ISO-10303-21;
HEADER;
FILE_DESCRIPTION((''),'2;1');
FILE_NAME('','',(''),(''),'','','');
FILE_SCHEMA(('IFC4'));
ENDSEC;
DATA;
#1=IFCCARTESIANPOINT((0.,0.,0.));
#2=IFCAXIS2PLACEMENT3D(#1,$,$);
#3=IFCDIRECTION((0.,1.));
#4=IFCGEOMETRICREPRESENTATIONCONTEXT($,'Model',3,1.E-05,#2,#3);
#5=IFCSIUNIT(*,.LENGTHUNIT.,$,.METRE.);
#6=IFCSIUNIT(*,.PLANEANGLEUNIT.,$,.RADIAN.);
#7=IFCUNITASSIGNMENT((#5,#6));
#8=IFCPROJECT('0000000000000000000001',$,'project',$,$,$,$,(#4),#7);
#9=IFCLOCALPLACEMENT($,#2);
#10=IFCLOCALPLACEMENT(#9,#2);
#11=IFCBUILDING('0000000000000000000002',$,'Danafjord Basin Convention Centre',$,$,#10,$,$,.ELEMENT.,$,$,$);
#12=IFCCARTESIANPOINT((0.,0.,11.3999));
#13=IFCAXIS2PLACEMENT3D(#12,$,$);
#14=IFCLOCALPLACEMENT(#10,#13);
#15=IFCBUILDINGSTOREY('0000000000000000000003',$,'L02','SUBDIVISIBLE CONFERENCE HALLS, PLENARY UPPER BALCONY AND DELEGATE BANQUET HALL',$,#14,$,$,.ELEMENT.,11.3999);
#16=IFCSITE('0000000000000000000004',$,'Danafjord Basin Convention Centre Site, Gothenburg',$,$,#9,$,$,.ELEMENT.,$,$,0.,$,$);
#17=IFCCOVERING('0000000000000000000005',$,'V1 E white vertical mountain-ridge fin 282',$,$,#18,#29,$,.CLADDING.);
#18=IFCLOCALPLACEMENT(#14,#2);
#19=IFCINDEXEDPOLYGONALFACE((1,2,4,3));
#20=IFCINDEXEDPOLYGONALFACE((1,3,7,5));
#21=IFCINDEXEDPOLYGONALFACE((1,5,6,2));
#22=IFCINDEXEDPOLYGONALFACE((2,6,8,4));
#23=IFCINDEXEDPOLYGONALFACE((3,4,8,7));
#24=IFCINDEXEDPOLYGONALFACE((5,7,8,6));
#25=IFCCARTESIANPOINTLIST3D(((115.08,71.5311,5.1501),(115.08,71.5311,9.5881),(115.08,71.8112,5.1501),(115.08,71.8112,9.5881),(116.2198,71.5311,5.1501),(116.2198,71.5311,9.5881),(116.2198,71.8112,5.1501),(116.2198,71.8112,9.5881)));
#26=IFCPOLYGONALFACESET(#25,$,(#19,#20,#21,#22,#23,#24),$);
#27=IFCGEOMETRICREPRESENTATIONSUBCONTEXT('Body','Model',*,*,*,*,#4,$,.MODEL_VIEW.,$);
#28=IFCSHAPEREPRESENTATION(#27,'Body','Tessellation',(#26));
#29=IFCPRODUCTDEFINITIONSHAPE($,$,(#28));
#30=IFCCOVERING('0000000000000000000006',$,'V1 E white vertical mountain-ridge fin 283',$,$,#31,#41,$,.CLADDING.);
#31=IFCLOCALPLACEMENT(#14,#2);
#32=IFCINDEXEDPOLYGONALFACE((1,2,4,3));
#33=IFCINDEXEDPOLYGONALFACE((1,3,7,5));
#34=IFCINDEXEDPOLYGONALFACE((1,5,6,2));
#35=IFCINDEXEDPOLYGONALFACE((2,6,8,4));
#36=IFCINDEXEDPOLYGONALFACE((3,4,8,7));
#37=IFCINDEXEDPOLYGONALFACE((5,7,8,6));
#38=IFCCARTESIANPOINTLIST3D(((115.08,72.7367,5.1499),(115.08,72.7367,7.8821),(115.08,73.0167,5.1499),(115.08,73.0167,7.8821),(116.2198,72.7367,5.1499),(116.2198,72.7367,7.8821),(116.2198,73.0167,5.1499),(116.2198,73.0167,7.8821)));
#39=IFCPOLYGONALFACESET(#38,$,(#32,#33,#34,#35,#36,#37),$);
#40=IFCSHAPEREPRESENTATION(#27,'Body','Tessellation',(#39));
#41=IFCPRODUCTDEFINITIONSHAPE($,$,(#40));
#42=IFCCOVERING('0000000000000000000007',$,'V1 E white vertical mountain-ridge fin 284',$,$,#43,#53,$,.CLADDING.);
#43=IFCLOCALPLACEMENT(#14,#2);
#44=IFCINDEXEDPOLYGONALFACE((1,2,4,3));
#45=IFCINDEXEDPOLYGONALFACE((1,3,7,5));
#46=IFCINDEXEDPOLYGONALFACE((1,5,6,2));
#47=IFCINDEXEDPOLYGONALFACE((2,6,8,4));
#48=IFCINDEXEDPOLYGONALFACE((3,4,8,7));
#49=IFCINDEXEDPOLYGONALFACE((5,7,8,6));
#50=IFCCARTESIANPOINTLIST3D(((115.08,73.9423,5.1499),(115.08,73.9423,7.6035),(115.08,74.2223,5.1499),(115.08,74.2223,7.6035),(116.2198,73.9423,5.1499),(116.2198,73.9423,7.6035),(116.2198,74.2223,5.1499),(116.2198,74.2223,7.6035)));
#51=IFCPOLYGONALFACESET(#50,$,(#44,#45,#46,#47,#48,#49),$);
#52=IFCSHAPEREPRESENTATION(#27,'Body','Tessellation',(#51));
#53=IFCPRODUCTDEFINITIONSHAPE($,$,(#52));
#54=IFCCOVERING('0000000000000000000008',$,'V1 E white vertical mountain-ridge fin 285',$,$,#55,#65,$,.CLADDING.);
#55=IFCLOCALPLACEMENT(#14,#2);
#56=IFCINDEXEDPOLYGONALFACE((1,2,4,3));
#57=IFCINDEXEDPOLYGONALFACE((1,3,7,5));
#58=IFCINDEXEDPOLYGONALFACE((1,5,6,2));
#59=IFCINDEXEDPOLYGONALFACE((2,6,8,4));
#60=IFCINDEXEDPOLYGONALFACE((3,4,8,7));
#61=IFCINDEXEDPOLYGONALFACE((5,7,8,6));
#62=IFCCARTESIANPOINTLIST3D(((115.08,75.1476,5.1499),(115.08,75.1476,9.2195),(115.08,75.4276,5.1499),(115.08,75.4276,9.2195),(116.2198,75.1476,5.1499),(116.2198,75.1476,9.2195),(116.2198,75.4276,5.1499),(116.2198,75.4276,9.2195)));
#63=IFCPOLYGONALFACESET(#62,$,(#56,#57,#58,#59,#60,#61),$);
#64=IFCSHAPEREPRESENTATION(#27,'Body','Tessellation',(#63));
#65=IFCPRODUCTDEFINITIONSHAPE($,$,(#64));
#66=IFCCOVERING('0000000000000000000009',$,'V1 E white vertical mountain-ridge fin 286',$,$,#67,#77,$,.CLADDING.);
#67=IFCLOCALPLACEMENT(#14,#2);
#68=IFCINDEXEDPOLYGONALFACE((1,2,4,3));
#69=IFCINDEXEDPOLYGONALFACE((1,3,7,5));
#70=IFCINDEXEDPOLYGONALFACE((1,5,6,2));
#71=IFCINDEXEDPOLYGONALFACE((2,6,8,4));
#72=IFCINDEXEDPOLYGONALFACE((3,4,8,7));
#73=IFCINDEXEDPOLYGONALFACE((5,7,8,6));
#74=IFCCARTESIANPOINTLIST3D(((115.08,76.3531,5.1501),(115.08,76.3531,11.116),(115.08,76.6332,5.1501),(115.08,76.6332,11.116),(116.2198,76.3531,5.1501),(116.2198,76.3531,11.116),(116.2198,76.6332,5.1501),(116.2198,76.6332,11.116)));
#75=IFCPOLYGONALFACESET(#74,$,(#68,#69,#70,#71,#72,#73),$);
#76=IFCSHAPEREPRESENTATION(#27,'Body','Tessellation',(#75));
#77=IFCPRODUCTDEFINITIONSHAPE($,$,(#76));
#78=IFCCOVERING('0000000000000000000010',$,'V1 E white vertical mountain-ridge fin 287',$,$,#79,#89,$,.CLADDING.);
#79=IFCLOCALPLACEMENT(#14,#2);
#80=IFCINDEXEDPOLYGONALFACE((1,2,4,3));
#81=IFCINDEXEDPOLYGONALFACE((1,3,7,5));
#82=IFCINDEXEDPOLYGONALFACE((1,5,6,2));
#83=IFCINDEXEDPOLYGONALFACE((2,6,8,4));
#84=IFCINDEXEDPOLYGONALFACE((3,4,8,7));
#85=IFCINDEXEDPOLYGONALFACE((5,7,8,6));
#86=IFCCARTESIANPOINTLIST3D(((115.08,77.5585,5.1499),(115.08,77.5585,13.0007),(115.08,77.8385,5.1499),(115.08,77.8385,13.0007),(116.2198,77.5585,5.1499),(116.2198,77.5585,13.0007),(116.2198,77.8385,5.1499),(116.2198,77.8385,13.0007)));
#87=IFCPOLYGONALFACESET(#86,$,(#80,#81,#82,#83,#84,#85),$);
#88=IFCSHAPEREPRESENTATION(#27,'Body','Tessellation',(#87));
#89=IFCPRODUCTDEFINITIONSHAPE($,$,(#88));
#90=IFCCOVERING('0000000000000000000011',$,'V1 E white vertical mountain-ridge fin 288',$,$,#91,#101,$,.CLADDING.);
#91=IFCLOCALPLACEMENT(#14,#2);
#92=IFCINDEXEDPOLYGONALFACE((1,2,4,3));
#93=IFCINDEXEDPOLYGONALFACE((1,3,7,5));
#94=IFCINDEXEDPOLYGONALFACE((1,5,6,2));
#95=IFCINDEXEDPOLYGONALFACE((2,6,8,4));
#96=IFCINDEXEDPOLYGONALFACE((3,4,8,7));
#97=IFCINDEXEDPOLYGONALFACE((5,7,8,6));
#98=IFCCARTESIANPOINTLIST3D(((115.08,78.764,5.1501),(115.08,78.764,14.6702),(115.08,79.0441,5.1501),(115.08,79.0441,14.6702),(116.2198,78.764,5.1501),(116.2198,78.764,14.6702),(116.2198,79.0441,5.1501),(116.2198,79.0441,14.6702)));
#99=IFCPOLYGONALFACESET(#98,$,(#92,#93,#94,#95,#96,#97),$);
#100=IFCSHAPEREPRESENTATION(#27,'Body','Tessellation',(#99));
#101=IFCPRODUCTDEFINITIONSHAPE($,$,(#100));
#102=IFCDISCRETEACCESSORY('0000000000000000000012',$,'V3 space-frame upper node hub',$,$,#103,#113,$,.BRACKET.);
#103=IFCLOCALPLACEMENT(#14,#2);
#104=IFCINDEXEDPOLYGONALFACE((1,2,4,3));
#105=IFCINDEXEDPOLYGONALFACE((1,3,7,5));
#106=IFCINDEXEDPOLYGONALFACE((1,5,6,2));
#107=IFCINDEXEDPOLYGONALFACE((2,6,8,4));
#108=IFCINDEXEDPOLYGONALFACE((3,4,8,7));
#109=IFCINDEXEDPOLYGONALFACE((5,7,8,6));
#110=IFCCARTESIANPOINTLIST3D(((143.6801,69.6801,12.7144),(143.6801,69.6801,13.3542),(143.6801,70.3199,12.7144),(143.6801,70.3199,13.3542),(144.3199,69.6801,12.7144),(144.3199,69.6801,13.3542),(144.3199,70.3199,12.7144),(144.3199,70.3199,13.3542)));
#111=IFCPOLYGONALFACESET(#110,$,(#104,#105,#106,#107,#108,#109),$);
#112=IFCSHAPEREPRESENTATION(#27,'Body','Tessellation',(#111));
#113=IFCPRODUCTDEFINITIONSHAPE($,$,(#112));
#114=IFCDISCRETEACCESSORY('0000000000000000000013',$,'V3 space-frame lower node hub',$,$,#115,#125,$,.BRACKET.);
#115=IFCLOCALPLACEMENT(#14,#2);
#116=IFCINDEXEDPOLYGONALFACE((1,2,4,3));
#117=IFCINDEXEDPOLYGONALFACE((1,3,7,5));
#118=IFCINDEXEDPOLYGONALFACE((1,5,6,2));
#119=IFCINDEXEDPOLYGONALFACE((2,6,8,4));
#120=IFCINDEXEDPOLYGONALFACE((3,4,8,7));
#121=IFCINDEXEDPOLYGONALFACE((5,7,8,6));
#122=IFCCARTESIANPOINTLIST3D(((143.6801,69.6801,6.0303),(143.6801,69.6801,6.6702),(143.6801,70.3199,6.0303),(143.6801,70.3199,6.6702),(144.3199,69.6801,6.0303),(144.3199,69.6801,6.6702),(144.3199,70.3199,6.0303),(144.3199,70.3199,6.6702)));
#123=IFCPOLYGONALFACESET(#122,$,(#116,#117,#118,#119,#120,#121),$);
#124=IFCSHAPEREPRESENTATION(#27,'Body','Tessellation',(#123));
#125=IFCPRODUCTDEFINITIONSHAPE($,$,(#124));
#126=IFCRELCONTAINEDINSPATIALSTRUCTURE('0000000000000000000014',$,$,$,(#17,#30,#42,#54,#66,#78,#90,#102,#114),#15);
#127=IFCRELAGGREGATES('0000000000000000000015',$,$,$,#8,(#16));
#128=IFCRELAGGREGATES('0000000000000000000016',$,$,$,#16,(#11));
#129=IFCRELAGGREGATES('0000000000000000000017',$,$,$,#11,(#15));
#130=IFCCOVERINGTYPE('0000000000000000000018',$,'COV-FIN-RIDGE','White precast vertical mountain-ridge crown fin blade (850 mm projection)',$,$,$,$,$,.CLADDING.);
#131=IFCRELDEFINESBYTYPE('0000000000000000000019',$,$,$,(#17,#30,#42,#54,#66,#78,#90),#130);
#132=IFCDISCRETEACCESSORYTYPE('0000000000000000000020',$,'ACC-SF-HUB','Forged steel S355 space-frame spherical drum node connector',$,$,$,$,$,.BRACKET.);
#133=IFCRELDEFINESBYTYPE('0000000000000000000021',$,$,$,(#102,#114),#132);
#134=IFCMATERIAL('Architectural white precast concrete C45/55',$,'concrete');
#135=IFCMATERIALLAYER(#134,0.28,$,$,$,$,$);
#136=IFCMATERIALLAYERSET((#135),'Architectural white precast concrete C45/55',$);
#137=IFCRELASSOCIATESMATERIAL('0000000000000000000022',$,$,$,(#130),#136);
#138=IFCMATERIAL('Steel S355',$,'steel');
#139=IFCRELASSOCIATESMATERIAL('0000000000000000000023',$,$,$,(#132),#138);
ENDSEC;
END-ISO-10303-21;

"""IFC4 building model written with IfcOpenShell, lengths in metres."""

from ifc_helpers import new_model, si_unit, direction, frame, origin, origin_2d, place, context, subcontext, project, spatial, rectangle, extrude, material, layer, layer_set, type_object, element, save


model = new_model("IFC4")

# Units and contexts
model_context = context("Model", 3, precision=1e-05, world=origin(), true_north=direction((0.0, 1.0)))
body_context = subcontext(model_context, "Body", "Model", "MODEL_VIEW")
ifc_project = project(units=[si_unit("LENGTHUNIT", "METRE"), si_unit("PLANEANGLEUNIT", "RADIAN")], contexts=[model_context])

# Site, building, storey
site_placement = place(None, origin())
site = spatial("IfcSite", under=ifc_project, at=site_placement, Name="Danafjord Basin Convention Centre Site, Gothenburg", CompositionType="ELEMENT", RefElevation=0.0)
building_placement = place(site_placement, origin())
building = spatial("IfcBuilding", under=site, at=building_placement, Name="Danafjord Basin Convention Centre", CompositionType="ELEMENT")
storey_placement = place(building_placement, frame((0.0, 0.0, 11.3999)))
storey = spatial("IfcBuildingStorey", under=building, at=storey_placement, Name="L02", Description="SUBDIVISIBLE CONFERENCE HALLS, PLENARY UPPER BALCONY AND DELEGATE BANQUET HALL", CompositionType="ELEMENT", Elevation=11.3999)

# Shared definitions
ifc_material_1 = material(Name="Steel S355", Category="steel")

# Coverings
ifc_material_2 = material(Name="Architectural white precast concrete C45/55", Category="concrete")
ifc_layer = layer(ifc_material_2, 0.28)
ifc_layer_set = layer_set([ifc_layer], Name="Architectural white precast concrete C45/55")
covering_type = type_object("IfcCoveringType", Name="COV-FIN-RIDGE", Description="White precast vertical mountain-ridge crown fin blade (850 mm projection)", PredefinedType="CLADDING", material=ifc_layer_set)
covering_1_placement = place(storey_placement, frame((115.6499, 71.6711, 5.1501), z_axis=(0.0, 0.0, 1.0), x_axis=(1.0, 0.0, 0.0)))
element("IfcCovering", 1, at=covering_1_placement, inside=storey, type_object=covering_type, Name="V1 E white vertical mountain-ridge fin 282", PredefinedType="CLADDING", context=body_context, shape_type="SweptSolid", body=[
    extrude(rectangle(XDim=1.1399, YDim=0.28, at=origin_2d()), origin(), (0.0, 0.0, 1.0), 4.438),
])
covering_2_placement = place(storey_placement, frame((115.6499, 72.8767, 5.1499), z_axis=(0.0, 0.0, 1.0), x_axis=(1.0, 0.0, 0.0)))
element("IfcCovering", 2, at=covering_2_placement, inside=storey, type_object=covering_type, Name="V1 E white vertical mountain-ridge fin 283", PredefinedType="CLADDING", context=body_context, shape_type="SweptSolid", body=[
    extrude(rectangle(XDim=1.1399, YDim=0.28, at=origin_2d()), origin(), (0.0, 0.0, 1.0), 2.7322),
])
covering_3_placement = place(storey_placement, frame((115.6499, 74.0823, 5.1499), z_axis=(0.0, 0.0, 1.0), x_axis=(1.0, 0.0, 0.0)))
element("IfcCovering", 3, at=covering_3_placement, inside=storey, type_object=covering_type, Name="V1 E white vertical mountain-ridge fin 284", PredefinedType="CLADDING", context=body_context, shape_type="SweptSolid", body=[
    extrude(rectangle(XDim=1.1399, YDim=0.28, at=origin_2d()), origin(), (0.0, 0.0, 1.0), 2.4536),
])
covering_4_placement = place(storey_placement, frame((115.6499, 75.2876, 5.1499), z_axis=(0.0, 0.0, 1.0), x_axis=(1.0, 0.0, 0.0)))
element("IfcCovering", 4, at=covering_4_placement, inside=storey, type_object=covering_type, Name="V1 E white vertical mountain-ridge fin 285", PredefinedType="CLADDING", context=body_context, shape_type="SweptSolid", body=[
    extrude(rectangle(XDim=1.1399, YDim=0.28, at=origin_2d()), origin(), (0.0, 0.0, 1.0), 4.0696),
])
covering_5_placement = place(storey_placement, frame((115.6499, 76.4932, 5.1501), z_axis=(0.0, 0.0, 1.0), x_axis=(1.0, 0.0, 0.0)))
element("IfcCovering", 5, at=covering_5_placement, inside=storey, type_object=covering_type, Name="V1 E white vertical mountain-ridge fin 286", PredefinedType="CLADDING", context=body_context, shape_type="SweptSolid", body=[
    extrude(rectangle(XDim=1.1399, YDim=0.28, at=origin_2d()), origin(), (0.0, 0.0, 1.0), 5.9658),
])
covering_6_placement = place(storey_placement, frame((115.6499, 77.6985, 5.1499), z_axis=(0.0, 0.0, 1.0), x_axis=(1.0, 0.0, 0.0)))
element("IfcCovering", 6, at=covering_6_placement, inside=storey, type_object=covering_type, Name="V1 E white vertical mountain-ridge fin 287", PredefinedType="CLADDING", context=body_context, shape_type="SweptSolid", body=[
    extrude(rectangle(XDim=1.1399, YDim=0.28, at=origin_2d()), origin(), (0.0, 0.0, 1.0), 7.8508),
])
covering_7_placement = place(storey_placement, frame((115.6499, 78.9041, 5.1501), z_axis=(0.0, 0.0, 1.0), x_axis=(1.0, 0.0, 0.0)))
element("IfcCovering", 7, at=covering_7_placement, inside=storey, type_object=covering_type, Name="V1 E white vertical mountain-ridge fin 288", PredefinedType="CLADDING", context=body_context, shape_type="SweptSolid", body=[
    extrude(rectangle(XDim=1.1399, YDim=0.28, at=origin_2d()), origin(), (0.0, 0.0, 1.0), 9.52),
])

# Discrete accessories
discrete_accessory_type = type_object("IfcDiscreteAccessoryType", Name="ACC-SF-HUB", Description="Forged steel S355 space-frame spherical drum node connector", PredefinedType="BRACKET", material=ifc_material_1)
for number, where, z_axis, x_axis, name in (
    (8, (144.0, 70.0, 12.7144), (0.0, 0.0, 1.0), (1.0, 0.0, 0.0), "V3 space-frame upper node hub"),
    (9, (144.0, 70.0, 6.0303), (0.0, 0.0, 1.0), (1.0, 0.0, 0.0), "V3 space-frame lower node hub"),
):
    element("IfcDiscreteAccessory", number, at=place(storey_placement, frame(where, z_axis=z_axis, x_axis=x_axis)), inside=storey, type_object=discrete_accessory_type, Name=name, PredefinedType="BRACKET", context=body_context, shape_type="SweptSolid", body=[
        extrude(rectangle(XDim=0.6399, YDim=0.6399, at=origin_2d()), origin(), (0.0, 0.0, 1.0), 0.6399),
    ])

save(model, "model.ifc")
